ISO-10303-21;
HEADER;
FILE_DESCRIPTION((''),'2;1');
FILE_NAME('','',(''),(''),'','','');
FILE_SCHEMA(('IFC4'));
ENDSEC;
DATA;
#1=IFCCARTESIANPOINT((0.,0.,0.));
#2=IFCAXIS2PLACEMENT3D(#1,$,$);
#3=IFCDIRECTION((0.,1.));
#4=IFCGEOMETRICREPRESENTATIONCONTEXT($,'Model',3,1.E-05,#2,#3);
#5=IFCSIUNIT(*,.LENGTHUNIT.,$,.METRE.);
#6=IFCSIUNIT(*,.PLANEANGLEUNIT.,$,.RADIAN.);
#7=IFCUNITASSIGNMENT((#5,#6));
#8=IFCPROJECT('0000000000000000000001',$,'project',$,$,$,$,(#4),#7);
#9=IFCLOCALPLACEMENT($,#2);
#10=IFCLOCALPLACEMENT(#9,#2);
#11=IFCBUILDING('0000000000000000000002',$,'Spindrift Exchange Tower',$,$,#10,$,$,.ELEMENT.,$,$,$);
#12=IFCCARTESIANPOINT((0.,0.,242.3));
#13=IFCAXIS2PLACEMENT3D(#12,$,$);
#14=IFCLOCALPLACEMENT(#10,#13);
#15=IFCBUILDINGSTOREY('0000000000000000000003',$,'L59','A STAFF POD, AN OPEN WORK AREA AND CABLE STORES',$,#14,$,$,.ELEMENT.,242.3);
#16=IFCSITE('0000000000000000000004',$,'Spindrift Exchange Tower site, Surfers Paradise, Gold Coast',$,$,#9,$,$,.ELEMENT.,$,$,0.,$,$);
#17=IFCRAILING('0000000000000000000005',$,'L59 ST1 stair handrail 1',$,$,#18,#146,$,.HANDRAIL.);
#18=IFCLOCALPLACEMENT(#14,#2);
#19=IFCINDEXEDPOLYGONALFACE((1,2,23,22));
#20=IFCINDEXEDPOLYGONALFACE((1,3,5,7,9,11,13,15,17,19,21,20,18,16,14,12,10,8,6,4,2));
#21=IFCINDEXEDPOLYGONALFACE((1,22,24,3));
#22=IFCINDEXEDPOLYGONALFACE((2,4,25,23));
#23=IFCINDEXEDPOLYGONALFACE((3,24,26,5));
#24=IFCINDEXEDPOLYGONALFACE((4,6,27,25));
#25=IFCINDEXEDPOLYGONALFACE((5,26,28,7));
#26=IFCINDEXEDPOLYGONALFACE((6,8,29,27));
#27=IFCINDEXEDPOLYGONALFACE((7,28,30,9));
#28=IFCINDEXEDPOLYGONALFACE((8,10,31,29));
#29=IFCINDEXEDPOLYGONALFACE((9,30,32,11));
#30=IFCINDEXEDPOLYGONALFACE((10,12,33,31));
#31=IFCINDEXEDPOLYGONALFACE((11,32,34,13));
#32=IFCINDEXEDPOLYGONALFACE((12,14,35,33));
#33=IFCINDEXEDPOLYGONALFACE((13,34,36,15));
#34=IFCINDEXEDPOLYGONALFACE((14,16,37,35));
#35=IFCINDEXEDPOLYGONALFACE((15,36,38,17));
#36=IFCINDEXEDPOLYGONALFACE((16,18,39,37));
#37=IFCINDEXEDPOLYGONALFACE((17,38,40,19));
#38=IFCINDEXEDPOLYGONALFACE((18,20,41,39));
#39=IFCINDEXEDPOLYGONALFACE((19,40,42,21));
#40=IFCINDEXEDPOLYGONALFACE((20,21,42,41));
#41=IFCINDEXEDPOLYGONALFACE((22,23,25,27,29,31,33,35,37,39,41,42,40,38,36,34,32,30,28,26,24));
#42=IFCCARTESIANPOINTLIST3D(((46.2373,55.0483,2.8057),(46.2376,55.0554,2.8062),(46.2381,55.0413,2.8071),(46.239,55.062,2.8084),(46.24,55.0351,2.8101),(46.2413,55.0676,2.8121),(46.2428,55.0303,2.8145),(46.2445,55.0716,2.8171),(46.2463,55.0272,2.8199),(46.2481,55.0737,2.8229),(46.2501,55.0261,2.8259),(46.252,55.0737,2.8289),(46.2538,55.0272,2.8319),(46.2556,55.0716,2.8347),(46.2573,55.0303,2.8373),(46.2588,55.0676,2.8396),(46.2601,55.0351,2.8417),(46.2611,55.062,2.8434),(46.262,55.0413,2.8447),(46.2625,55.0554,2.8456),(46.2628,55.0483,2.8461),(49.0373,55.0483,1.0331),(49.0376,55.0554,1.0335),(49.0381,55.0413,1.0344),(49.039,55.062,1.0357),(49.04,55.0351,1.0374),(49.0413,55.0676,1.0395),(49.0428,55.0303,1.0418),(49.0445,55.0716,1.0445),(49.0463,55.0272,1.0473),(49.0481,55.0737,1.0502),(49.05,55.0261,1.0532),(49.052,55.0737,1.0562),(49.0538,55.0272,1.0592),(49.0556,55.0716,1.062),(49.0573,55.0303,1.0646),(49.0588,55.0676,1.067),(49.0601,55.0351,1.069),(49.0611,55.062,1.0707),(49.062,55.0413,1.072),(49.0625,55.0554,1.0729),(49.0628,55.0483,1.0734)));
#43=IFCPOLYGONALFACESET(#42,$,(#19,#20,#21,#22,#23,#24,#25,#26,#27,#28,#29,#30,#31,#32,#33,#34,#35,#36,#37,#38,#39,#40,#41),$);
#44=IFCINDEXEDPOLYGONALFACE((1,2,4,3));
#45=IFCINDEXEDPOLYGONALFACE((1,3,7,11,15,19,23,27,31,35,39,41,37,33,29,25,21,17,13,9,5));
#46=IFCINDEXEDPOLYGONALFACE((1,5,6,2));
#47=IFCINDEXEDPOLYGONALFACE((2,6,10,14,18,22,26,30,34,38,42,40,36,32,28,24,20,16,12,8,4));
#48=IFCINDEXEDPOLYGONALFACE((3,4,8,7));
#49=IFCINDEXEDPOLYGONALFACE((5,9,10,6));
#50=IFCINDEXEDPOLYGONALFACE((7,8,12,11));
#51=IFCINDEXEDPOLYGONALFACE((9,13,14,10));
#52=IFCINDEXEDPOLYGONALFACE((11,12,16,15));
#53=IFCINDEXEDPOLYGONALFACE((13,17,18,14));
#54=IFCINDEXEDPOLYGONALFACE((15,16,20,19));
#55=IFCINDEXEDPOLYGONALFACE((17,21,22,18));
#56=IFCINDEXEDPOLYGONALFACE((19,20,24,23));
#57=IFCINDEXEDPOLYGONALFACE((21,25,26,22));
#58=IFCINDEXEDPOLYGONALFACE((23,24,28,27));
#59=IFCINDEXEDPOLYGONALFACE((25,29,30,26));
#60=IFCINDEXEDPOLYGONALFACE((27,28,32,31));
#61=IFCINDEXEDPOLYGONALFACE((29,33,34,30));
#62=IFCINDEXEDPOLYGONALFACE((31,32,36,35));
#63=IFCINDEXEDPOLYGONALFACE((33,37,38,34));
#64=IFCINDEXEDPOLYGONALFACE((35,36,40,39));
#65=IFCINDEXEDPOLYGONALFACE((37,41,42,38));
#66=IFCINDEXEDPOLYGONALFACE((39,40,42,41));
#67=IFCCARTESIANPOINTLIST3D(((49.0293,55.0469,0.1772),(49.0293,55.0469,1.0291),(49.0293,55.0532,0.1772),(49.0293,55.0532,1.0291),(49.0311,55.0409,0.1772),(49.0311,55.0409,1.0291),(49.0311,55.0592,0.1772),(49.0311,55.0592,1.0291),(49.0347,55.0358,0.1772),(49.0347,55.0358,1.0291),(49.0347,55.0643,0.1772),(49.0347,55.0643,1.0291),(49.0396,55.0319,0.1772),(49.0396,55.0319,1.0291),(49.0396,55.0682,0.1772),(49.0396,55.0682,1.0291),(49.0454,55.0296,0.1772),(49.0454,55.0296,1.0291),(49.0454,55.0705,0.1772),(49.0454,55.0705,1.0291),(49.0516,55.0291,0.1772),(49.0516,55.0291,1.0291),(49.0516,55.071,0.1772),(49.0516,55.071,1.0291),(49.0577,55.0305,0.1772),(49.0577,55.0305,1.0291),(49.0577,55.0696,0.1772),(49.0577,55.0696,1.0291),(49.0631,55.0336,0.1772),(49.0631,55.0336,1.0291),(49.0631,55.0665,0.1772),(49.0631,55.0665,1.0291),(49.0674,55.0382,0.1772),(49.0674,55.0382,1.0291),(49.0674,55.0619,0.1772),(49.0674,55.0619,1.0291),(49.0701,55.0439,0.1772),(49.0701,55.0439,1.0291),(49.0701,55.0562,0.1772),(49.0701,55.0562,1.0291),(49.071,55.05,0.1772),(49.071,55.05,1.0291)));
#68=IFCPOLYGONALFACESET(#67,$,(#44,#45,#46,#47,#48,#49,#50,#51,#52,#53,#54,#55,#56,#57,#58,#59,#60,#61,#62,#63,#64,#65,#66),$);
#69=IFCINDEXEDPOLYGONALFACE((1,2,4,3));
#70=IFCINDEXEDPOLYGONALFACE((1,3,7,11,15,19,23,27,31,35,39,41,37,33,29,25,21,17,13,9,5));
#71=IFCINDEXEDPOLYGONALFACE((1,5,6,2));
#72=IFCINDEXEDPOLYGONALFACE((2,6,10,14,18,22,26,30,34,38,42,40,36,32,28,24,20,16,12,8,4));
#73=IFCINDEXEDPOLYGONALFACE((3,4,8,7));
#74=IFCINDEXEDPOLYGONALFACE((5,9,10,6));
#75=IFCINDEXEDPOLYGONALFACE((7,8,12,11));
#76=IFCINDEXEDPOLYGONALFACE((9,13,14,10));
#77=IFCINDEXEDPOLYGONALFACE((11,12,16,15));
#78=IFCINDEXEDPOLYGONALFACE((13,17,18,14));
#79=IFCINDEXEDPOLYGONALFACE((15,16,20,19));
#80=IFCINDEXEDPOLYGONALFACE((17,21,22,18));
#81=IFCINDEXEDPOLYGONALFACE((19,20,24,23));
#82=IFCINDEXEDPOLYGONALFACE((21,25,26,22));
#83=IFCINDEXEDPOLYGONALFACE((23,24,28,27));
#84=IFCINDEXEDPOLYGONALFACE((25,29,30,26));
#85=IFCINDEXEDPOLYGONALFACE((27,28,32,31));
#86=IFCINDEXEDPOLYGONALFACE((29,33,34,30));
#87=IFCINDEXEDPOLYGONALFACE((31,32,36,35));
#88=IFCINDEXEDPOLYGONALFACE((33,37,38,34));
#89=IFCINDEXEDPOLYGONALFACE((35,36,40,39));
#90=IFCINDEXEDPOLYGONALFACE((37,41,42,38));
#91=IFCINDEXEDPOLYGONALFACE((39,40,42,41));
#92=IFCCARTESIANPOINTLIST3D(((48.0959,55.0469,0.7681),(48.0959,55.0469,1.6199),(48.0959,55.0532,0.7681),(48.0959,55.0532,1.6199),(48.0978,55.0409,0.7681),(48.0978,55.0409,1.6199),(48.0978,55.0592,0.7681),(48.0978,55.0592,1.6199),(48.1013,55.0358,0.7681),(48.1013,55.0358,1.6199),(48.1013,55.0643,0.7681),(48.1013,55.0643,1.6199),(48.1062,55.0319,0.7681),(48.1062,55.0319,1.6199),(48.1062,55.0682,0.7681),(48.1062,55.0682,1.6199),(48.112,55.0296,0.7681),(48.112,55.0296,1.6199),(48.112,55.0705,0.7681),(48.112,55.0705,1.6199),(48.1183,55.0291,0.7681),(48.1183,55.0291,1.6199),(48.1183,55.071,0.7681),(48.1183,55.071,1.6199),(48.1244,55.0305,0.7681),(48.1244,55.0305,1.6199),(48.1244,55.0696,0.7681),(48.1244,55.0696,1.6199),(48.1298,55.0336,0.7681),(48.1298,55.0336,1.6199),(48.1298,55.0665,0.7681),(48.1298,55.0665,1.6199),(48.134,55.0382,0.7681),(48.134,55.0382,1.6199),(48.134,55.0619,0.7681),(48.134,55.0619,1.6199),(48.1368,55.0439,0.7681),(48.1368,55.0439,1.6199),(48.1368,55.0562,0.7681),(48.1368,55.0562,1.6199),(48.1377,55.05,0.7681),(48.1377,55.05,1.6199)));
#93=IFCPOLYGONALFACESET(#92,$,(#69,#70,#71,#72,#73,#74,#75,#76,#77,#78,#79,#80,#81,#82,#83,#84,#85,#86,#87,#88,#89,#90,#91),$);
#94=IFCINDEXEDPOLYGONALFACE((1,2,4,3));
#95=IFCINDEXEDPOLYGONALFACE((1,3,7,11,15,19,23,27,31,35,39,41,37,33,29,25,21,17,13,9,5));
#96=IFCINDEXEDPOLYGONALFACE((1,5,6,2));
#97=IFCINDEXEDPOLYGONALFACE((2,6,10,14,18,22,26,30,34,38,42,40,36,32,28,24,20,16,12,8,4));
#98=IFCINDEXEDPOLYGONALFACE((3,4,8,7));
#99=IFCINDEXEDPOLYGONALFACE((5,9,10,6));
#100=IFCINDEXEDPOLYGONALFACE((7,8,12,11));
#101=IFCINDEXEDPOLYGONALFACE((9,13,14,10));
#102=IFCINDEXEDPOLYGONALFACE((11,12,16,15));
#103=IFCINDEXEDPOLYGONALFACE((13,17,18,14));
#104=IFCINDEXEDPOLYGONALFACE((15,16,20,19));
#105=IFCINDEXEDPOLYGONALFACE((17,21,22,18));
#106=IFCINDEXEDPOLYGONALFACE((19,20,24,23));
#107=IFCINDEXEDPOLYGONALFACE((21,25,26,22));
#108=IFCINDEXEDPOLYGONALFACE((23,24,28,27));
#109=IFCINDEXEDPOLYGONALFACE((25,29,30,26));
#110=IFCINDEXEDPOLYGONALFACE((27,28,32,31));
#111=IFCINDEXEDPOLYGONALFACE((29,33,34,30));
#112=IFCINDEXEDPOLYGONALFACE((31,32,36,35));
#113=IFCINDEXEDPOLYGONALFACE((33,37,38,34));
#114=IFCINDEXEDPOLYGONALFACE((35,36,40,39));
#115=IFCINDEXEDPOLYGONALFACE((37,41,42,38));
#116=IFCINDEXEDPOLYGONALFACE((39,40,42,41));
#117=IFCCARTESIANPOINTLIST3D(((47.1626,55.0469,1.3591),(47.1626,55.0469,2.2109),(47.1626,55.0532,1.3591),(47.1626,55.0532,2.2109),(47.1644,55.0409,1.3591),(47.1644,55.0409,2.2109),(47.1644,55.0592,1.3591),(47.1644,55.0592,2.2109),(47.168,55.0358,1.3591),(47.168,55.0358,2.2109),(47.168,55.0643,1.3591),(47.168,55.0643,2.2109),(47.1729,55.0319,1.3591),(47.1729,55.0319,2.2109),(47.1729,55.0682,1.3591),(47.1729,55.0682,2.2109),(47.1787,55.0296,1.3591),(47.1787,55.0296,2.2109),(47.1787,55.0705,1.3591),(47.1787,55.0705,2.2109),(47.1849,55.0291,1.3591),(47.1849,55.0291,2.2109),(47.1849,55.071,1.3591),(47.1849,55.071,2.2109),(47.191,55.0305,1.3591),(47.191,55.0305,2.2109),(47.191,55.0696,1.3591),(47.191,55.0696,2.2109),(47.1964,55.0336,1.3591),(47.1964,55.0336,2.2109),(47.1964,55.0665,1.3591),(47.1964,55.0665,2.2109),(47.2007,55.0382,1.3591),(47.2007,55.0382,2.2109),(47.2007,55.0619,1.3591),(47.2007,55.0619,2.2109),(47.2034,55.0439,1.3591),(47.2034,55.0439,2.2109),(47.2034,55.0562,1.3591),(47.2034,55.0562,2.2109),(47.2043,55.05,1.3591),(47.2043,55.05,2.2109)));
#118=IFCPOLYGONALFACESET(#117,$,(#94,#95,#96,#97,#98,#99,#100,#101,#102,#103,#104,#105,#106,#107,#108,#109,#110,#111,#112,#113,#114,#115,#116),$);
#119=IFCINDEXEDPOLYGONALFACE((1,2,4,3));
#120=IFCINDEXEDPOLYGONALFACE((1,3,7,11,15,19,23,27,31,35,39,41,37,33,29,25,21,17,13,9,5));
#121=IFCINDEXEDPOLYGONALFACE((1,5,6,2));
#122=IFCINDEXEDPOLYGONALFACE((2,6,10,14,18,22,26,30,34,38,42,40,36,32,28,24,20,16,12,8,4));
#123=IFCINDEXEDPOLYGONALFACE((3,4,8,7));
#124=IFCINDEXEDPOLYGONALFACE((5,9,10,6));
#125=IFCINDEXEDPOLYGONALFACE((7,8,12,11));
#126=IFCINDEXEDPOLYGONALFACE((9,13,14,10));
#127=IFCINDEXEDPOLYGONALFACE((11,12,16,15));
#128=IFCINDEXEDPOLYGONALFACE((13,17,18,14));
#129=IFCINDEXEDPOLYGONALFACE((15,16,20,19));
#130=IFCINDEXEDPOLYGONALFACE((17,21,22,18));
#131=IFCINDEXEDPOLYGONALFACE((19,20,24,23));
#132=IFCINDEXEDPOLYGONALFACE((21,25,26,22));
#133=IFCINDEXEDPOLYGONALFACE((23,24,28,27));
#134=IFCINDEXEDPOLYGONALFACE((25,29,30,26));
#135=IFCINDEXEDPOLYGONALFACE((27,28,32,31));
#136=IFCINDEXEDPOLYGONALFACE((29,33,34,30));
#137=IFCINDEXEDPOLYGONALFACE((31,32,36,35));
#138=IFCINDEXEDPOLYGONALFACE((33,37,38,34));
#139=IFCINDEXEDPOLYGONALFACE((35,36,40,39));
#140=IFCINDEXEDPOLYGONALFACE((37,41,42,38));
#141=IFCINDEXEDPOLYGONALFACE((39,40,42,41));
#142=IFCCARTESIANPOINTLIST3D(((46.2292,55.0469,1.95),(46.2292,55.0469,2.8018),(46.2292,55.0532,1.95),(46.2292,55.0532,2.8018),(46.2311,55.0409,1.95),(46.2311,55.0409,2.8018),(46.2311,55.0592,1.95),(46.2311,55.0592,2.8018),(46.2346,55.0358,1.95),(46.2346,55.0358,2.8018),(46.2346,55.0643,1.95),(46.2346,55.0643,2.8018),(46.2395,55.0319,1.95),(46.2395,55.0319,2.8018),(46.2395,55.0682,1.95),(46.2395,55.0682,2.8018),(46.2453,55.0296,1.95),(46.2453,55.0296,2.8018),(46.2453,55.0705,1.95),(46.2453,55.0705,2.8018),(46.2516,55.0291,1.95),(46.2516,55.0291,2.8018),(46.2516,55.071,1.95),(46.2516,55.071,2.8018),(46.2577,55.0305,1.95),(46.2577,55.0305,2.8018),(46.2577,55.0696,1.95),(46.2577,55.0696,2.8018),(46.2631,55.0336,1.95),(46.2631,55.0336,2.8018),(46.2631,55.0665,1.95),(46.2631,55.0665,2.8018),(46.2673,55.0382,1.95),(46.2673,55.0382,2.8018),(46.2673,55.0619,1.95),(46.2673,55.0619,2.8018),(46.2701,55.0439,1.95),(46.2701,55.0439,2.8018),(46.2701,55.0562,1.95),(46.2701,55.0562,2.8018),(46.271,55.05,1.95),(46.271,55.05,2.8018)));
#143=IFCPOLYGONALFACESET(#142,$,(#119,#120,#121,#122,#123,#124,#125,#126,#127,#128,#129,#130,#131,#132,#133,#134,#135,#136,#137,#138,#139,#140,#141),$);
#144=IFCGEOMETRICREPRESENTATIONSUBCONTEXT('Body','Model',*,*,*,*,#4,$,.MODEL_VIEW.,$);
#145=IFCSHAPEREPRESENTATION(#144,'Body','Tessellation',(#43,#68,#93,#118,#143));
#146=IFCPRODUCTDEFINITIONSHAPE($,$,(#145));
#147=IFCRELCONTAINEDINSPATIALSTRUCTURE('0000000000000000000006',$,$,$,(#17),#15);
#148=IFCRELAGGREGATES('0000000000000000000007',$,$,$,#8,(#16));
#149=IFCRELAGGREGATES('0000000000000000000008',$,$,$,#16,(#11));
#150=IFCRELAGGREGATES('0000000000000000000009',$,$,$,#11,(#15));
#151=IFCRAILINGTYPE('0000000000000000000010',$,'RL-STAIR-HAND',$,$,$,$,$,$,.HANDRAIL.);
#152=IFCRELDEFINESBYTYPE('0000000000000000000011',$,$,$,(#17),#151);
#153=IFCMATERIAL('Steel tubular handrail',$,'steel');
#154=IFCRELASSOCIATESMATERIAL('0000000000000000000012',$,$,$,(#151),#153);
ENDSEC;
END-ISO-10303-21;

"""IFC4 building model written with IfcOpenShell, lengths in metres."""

from ifc_helpers import new_model, si_unit, direction, frame, origin, origin_2d, place, context, subcontext, project, spatial, circle, extrude, material, type_object, element, save


model = new_model("IFC4")

# Units and contexts
model_context = context("Model", 3, precision=1e-05, world=origin(), true_north=direction((0.0, 1.0)))
body_context = subcontext(model_context, "Body", "Model", "MODEL_VIEW")
ifc_project = project(units=[si_unit("LENGTHUNIT", "METRE"), si_unit("PLANEANGLEUNIT", "RADIAN")], contexts=[model_context])

# Site, building, storey
site_placement = place(None, origin())
site = spatial("IfcSite", under=ifc_project, at=site_placement, Name="Spindrift Exchange Tower site, Surfers Paradise, Gold Coast", CompositionType="ELEMENT", RefElevation=0.0)
building_placement = place(site_placement, origin())
building = spatial("IfcBuilding", under=site, at=building_placement, Name="Spindrift Exchange Tower", CompositionType="ELEMENT")
storey_placement = place(building_placement, frame((0.0, 0.0, 242.3)))
storey = spatial("IfcBuildingStorey", under=building, at=storey_placement, Name="L59", Description="A STAFF POD, AN OPEN WORK AREA AND CABLE STORES", CompositionType="ELEMENT", Elevation=242.3)

# Railing
ifc_material_1 = material(Name="Steel tubular handrail", Category="steel")
railing_type_1 = type_object("IfcRailingType", Name="RL-STAIR-HAND", PredefinedType="HANDRAIL", material=ifc_material_1)
railing_1_placement = place(storey_placement, frame((49.05, 55.05, 0.1772)))
element("IfcRailing", 1, at=railing_1_placement, inside=storey, type_object=railing_type_1, Name="L59 ST1 stair handrail 1", PredefinedType="HANDRAIL", context=body_context, shape_type="SweptSolid", body=[
    extrude(circle(Radius=0.0239, at=origin_2d()), frame((0.0, 0.0, 0.876), z_axis=(-0.844909, 0.0, 0.53491), x_axis=(0.0, -1.0, 0.0)), (0.0, 0.0, 1.0), 3.314),
    extrude(circle(Radius=0.021, at=origin_2d()), origin(), (0.0, 0.0, 1.0), 0.8518),
    extrude(circle(Radius=0.021, at=origin_2d()), frame((-0.9333, 0.0, 0.5908)), (0.0, 0.0, 1.0), 0.8518),
    extrude(circle(Radius=0.021, at=origin_2d()), frame((-1.8667, 0.0, 1.1819)), (0.0, 0.0, 1.0), 0.8518),
    extrude(circle(Radius=0.021, at=origin_2d()), frame((-2.8, 0.0, 1.7727)), (0.0, 0.0, 1.0), 0.8518),
])

save(model, "model.ifc")
